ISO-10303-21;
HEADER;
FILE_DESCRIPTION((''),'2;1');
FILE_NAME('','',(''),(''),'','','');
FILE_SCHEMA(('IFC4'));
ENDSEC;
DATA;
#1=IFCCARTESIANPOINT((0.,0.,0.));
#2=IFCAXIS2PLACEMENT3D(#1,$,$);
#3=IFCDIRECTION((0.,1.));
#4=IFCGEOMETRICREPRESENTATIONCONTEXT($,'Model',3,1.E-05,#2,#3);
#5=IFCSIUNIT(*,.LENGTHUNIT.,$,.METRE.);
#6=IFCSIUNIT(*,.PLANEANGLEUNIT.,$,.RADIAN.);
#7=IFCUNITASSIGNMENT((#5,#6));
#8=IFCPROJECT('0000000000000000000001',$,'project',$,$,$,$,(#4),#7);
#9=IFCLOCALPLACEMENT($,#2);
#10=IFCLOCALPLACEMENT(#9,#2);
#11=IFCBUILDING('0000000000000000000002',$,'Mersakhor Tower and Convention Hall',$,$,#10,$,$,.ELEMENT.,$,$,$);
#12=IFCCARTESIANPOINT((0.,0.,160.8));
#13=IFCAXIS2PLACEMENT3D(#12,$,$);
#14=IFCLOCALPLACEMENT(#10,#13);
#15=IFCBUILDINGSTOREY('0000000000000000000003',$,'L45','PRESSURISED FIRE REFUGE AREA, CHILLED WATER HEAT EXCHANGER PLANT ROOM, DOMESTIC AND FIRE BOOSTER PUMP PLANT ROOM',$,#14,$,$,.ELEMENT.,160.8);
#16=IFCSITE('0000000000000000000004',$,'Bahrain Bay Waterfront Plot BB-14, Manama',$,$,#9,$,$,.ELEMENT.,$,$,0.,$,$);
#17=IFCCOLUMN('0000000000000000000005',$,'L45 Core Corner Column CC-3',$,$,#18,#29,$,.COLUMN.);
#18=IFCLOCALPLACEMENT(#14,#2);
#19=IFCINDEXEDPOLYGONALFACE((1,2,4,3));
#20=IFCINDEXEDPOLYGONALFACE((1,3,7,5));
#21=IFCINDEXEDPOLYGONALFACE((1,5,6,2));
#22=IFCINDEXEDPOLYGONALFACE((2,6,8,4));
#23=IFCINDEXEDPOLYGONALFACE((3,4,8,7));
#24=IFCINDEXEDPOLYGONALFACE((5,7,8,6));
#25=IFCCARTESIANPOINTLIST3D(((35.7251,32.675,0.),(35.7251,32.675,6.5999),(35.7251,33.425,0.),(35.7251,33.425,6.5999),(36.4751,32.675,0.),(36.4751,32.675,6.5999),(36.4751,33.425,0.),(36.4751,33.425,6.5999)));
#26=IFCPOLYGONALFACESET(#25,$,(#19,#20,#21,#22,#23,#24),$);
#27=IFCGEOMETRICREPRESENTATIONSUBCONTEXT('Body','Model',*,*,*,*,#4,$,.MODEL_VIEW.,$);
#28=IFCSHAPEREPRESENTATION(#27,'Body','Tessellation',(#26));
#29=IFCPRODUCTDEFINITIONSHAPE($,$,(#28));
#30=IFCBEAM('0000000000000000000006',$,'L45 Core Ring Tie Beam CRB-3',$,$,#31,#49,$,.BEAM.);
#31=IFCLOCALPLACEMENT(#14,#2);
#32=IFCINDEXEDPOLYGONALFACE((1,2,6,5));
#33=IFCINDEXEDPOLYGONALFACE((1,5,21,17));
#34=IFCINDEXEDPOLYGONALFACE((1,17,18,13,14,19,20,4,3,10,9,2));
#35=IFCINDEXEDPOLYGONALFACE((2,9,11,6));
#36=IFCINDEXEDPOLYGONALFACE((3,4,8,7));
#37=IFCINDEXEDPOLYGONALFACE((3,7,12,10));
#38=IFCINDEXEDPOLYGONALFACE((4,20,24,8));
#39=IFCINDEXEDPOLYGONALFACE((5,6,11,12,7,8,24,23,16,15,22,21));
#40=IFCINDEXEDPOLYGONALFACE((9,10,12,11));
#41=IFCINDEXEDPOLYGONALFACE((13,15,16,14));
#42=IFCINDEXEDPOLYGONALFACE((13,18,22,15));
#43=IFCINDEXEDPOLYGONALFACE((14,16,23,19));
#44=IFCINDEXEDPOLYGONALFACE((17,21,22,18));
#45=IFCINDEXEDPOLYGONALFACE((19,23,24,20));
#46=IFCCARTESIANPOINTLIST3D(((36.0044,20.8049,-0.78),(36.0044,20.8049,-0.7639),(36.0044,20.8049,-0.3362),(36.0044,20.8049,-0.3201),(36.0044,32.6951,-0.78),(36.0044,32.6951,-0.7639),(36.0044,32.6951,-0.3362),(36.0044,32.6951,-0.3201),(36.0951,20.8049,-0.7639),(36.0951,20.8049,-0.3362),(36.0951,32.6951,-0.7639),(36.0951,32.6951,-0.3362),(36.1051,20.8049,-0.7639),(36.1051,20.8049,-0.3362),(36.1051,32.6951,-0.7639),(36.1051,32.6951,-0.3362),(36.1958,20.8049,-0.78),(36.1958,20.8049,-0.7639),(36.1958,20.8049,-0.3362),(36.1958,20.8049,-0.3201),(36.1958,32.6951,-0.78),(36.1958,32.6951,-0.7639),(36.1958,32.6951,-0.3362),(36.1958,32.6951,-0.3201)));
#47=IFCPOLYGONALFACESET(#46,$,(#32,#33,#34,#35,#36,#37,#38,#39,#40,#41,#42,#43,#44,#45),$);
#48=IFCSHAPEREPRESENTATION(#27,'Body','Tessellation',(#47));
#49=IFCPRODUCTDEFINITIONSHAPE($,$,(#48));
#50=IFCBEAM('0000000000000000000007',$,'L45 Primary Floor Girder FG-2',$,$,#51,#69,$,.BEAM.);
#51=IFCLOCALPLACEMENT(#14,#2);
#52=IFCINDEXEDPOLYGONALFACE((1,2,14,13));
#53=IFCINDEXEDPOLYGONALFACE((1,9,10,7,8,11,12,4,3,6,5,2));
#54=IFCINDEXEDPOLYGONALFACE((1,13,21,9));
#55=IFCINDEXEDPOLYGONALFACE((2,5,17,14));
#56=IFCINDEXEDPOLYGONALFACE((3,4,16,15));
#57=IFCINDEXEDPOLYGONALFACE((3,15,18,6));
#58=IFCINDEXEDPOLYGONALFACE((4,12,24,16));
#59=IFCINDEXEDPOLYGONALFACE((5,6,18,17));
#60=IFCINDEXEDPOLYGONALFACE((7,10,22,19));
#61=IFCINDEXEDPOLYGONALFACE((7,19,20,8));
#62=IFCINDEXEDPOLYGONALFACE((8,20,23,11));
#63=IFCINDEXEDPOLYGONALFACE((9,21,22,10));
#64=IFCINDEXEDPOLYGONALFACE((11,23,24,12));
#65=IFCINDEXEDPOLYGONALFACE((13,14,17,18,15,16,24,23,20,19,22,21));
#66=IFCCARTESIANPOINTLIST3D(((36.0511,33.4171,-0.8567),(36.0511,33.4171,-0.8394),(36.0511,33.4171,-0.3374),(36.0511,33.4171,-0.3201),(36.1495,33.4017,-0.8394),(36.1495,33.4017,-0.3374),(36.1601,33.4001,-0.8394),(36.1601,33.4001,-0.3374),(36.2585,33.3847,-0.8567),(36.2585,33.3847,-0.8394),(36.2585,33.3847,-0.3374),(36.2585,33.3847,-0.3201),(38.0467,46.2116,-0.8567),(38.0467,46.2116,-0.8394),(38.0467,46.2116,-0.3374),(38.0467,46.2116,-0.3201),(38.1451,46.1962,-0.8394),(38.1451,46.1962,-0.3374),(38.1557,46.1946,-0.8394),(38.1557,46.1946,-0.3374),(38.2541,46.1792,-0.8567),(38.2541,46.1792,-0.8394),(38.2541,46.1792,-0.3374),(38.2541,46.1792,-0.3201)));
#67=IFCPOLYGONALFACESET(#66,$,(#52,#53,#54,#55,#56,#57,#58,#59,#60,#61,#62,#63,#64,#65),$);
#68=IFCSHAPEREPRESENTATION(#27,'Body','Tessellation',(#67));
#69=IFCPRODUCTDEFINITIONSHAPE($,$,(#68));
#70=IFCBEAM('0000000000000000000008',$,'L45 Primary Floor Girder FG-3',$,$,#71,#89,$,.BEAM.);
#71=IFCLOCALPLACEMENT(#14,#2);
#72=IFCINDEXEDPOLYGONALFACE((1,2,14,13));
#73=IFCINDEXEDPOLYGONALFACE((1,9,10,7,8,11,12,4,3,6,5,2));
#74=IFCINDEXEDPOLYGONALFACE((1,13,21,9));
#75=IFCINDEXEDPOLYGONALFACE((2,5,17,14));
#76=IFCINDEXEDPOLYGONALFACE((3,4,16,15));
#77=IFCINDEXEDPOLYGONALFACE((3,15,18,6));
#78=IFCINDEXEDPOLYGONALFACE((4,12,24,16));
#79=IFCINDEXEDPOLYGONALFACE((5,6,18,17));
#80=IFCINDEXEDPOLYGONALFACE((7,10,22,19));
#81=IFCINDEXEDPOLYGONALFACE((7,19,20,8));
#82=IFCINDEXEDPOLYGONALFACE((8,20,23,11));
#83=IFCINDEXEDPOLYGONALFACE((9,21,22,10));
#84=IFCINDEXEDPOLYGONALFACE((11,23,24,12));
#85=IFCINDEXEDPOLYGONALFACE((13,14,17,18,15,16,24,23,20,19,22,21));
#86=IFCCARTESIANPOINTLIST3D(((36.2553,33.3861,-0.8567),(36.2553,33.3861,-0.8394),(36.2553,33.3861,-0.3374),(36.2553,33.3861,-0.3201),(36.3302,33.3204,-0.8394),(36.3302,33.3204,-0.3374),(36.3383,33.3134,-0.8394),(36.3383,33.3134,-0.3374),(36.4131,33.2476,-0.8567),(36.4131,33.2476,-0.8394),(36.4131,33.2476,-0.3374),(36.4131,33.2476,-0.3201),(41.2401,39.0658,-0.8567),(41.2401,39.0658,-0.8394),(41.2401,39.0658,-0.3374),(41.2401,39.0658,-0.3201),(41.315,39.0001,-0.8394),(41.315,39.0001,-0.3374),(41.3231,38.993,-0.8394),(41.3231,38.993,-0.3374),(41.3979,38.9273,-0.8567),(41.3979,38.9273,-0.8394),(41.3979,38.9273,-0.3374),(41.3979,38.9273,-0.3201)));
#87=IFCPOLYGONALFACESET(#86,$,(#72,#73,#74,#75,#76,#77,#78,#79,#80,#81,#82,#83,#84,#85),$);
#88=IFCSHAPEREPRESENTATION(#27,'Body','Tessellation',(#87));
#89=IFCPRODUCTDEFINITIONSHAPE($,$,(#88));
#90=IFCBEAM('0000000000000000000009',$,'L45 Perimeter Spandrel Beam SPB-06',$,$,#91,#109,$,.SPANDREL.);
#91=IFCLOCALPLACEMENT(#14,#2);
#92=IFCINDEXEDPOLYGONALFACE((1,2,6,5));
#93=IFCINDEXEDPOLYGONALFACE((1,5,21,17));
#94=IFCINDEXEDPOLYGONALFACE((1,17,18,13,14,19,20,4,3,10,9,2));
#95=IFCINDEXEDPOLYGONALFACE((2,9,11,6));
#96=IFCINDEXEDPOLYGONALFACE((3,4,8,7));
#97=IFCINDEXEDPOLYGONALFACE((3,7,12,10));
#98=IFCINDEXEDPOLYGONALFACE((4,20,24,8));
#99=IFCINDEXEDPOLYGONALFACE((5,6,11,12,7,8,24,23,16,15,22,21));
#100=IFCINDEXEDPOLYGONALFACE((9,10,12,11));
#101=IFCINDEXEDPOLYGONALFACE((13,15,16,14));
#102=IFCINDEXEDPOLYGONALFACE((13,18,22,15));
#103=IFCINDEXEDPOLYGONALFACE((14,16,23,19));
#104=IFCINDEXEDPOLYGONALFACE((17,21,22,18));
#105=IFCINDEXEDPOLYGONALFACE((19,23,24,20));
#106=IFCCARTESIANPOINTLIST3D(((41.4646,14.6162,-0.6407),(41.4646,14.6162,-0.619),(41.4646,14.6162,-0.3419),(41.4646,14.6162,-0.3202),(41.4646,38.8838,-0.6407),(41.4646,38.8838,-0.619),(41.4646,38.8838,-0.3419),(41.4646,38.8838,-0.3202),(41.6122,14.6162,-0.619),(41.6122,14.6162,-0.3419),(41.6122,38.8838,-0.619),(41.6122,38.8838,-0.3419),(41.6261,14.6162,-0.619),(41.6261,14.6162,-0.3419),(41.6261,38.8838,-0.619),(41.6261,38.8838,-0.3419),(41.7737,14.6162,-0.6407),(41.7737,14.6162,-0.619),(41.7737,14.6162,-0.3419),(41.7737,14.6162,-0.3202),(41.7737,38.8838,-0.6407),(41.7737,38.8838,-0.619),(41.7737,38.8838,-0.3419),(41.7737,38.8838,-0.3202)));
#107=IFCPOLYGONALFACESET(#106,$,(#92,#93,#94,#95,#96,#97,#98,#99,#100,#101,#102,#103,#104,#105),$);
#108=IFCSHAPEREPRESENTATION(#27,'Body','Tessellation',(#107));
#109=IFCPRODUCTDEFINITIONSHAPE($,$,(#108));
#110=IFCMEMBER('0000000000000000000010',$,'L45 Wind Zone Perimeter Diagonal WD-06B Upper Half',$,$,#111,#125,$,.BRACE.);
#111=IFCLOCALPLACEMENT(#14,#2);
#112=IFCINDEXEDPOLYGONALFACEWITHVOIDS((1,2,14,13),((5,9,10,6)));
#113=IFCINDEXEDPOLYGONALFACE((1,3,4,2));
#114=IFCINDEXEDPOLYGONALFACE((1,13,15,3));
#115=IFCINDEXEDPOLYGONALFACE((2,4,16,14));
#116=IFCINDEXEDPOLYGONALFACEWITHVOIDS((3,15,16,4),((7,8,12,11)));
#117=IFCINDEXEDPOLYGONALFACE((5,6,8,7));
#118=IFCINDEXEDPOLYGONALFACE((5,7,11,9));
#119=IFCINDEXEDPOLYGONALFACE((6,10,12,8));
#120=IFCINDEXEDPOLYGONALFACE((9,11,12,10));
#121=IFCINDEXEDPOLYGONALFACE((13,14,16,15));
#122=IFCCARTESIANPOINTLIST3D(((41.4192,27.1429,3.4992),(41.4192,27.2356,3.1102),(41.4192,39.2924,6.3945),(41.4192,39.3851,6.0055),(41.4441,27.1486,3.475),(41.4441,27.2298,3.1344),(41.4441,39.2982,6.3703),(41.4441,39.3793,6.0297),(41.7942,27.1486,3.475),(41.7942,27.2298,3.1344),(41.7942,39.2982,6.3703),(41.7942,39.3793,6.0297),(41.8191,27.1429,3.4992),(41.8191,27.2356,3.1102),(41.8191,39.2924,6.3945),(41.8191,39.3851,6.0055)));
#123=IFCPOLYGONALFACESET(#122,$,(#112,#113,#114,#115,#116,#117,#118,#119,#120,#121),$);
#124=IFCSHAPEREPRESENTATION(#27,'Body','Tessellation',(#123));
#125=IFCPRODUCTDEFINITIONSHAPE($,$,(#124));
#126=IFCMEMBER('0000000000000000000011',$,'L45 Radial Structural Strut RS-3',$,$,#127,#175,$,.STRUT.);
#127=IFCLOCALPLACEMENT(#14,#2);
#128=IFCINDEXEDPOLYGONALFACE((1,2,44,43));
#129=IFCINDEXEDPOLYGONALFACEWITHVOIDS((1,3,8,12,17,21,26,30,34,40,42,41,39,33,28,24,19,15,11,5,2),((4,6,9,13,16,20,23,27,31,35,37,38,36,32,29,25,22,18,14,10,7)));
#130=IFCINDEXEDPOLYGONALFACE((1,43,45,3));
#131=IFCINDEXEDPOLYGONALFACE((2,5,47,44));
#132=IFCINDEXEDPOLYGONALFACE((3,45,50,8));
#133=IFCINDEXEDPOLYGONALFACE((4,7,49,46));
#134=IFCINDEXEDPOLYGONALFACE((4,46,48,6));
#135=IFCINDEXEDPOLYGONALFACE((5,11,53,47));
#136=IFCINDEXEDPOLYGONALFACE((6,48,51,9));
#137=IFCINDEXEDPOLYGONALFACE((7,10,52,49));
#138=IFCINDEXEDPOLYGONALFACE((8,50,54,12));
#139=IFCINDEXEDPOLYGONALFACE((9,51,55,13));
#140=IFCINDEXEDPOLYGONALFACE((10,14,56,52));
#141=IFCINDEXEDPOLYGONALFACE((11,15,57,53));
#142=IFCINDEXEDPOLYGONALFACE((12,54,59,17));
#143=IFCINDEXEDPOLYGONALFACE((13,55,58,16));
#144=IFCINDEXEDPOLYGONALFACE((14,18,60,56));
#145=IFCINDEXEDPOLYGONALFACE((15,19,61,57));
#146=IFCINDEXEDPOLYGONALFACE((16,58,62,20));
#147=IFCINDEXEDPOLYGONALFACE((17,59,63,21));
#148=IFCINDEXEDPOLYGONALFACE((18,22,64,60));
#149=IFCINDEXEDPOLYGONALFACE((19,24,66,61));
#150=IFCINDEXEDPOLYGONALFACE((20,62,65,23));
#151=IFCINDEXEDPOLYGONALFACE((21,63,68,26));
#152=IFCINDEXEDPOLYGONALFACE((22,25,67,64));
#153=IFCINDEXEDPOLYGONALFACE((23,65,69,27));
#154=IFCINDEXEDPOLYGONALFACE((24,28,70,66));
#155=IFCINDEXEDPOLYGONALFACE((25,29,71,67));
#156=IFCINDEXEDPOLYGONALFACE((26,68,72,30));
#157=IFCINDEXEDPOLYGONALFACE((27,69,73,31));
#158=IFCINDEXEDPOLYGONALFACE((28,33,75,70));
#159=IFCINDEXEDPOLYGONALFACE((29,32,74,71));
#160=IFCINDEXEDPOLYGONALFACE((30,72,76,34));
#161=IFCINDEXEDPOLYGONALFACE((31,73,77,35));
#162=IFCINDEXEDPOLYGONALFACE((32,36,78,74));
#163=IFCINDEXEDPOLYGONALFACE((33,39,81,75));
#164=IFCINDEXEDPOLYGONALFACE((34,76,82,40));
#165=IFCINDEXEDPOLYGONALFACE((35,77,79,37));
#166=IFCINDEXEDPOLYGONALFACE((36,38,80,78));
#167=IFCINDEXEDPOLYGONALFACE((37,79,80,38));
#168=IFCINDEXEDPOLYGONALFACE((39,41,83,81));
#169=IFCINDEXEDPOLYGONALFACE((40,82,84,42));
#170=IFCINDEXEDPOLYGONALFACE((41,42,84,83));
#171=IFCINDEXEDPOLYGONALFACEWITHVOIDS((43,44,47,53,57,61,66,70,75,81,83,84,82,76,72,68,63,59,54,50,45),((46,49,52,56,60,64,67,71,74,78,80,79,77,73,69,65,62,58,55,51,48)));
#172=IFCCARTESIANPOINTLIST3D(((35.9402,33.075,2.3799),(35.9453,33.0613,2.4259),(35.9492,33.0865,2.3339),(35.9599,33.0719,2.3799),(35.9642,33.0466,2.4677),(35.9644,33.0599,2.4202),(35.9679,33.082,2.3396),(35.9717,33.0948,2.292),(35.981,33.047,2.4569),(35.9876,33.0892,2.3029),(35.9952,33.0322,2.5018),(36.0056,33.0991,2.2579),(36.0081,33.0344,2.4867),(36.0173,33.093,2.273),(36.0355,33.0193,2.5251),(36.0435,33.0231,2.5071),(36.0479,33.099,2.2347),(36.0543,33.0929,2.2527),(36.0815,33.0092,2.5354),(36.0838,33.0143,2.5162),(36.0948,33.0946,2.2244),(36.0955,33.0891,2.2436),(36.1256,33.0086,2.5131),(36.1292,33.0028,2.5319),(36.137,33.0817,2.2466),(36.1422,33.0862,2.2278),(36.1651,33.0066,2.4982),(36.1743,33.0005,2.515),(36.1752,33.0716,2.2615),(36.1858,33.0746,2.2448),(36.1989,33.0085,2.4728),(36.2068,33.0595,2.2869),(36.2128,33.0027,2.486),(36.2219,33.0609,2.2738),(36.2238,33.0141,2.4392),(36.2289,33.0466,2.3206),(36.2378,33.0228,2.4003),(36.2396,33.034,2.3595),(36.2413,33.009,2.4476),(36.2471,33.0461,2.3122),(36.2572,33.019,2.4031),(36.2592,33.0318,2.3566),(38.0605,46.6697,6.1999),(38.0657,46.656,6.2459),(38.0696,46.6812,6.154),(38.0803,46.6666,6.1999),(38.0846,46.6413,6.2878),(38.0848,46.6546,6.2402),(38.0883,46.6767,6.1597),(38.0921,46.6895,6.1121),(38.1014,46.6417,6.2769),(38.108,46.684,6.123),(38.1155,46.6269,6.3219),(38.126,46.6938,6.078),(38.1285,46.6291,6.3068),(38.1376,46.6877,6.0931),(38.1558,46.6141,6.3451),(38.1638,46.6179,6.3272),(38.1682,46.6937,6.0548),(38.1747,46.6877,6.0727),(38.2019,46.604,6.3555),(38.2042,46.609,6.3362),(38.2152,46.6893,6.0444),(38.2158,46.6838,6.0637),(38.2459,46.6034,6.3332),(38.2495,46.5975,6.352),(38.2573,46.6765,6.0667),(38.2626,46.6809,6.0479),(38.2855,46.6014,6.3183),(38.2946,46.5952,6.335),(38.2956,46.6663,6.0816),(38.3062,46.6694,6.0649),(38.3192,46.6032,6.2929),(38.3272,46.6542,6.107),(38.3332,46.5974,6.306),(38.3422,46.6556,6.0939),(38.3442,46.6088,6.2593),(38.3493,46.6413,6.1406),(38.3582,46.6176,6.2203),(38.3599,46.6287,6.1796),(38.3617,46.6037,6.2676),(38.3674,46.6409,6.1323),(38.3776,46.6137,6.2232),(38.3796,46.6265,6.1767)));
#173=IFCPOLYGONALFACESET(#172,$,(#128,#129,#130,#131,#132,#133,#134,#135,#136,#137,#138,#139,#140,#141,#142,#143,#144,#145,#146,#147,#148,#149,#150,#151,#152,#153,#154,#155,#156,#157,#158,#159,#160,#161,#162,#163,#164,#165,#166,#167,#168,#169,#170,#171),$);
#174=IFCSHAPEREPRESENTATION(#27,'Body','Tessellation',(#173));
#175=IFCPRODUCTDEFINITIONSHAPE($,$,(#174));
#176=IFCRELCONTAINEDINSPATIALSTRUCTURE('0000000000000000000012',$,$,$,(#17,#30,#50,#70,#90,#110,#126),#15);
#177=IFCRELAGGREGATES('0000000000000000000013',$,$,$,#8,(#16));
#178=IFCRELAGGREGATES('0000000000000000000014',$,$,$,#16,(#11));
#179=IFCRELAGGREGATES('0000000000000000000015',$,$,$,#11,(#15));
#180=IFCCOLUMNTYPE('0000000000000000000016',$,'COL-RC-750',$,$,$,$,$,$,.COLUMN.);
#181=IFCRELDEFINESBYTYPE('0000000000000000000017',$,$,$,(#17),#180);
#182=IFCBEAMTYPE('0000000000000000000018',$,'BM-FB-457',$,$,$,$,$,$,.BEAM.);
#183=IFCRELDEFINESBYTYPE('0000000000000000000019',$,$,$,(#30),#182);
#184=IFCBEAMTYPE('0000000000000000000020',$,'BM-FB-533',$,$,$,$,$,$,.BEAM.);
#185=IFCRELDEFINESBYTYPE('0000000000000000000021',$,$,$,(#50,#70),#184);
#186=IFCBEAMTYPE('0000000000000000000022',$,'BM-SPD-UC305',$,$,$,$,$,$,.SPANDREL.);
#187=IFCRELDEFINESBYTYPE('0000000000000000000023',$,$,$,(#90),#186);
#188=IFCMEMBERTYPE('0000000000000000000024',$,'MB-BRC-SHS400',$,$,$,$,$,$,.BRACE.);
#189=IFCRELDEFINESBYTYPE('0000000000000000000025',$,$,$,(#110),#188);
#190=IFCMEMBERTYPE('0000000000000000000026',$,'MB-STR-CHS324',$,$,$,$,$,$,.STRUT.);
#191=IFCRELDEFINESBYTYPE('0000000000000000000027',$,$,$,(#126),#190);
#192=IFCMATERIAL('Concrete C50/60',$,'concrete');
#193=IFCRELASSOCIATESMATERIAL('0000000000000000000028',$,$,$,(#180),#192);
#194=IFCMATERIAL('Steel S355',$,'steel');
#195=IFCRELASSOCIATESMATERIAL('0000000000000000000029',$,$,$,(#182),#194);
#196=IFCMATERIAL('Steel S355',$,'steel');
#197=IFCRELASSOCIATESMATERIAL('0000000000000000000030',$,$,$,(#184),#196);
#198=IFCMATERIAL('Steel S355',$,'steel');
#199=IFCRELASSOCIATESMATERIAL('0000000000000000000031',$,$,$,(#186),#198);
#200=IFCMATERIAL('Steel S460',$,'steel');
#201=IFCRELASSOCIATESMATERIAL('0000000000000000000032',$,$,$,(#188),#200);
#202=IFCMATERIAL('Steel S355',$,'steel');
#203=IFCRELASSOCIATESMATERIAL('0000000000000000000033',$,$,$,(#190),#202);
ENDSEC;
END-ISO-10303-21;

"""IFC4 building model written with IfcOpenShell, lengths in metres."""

from ifc_helpers import new_model, si_unit, direction, frame, origin, origin_2d, place, context, subcontext, project, spatial, rectangle, hollow_rectangle, hollow_circle, i_section, extrude, material, material_profile, profile_set, type_object, element, save


model = new_model("IFC4")

# Units and contexts
model_context = context("Model", 3, precision=1e-05, world=origin(), true_north=direction((0.0, 1.0)))
body_context = subcontext(model_context, "Body", "Model", "MODEL_VIEW")
ifc_project = project(units=[si_unit("LENGTHUNIT", "METRE"), si_unit("PLANEANGLEUNIT", "RADIAN")], contexts=[model_context])

# Site, building, storey
site_placement = place(None, origin())
site = spatial("IfcSite", under=ifc_project, at=site_placement, Name="Bahrain Bay Waterfront Plot BB-14, Manama", CompositionType="ELEMENT", RefElevation=0.0)
building_placement = place(site_placement, origin())
building = spatial("IfcBuilding", under=site, at=building_placement, Name="Mersakhor Tower and Convention Hall", CompositionType="ELEMENT")
storey_placement = place(building_placement, frame((0.0, 0.0, 160.8)))
storey = spatial("IfcBuildingStorey", under=building, at=storey_placement, Name="L45", Description="PRESSURISED FIRE REFUGE AREA, CHILLED WATER HEAT EXCHANGER PLANT ROOM, DOMESTIC AND FIRE BOOSTER PUMP PLANT ROOM", CompositionType="ELEMENT", Elevation=160.8)

# Column
ifc_material_1 = material(Name="Concrete C50/60", Category="concrete")
ifc_material_profile_1 = material_profile(ifc_material_1, rectangle(XDim=0.75, YDim=0.75, at=origin_2d()), Name="RC 750x750")
ifc_profile_set_1 = profile_set([ifc_material_profile_1], Name="Concrete C50/60")
column_type = type_object("IfcColumnType", Name="COL-RC-750", PredefinedType="COLUMN", material=ifc_profile_set_1)
column_placement = place(storey_placement, frame((36.1001, 33.05, 0.0), z_axis=(0.0, 0.0, 1.0), x_axis=(1.0, 0.0, 0.0)))
element("IfcColumn", 1, at=column_placement, inside=storey, type_object=column_type, Name="L45 Core Corner Column CC-3", PredefinedType="COLUMN", context=body_context, shape_type="SweptSolid", body=[
    extrude(rectangle(XDim=0.75, YDim=0.75, at=origin_2d()), origin(), (0.0, 0.0, 1.0), 6.5999),
])

# Beams
ifc_material_2 = material(Name="Steel S355", Category="steel")
ifc_material_profile_2 = material_profile(ifc_material_2, i_section(OverallWidth=0.1914, OverallDepth=0.46, WebThickness=0.01, FlangeThickness=0.0161, at=origin_2d()), Name="UB 457x191x82")
ifc_profile_set_2 = profile_set([ifc_material_profile_2], Name="Steel S355")
beam_type_1 = type_object("IfcBeamType", Name="BM-FB-457", PredefinedType="BEAM", material=ifc_profile_set_2)
beam_1_placement = place(storey_placement, frame((36.1001, 32.6951, -0.55), z_axis=(0.0, -1.0, 0.0), x_axis=(1.0, 0.0, 0.0)))
element("IfcBeam", 2, at=beam_1_placement, inside=storey, type_object=beam_type_1, Name="L45 Core Ring Tie Beam CRB-3", PredefinedType="BEAM", context=body_context, shape_type="SweptSolid", body=[
    extrude(i_section(OverallWidth=0.1914, OverallDepth=0.46, WebThickness=0.01, FlangeThickness=0.0161, at=origin_2d()), origin(), (0.0, 0.0, 1.0), 11.8901),
])
ifc_material_3 = material(Name="Steel S355", Category="steel")
ifc_material_profile_3 = material_profile(ifc_material_3, i_section(OverallWidth=0.21, OverallDepth=0.5366, WebThickness=0.0107, FlangeThickness=0.0173, at=origin_2d()), Name="UB 533x210x101")
ifc_profile_set_3 = profile_set([ifc_material_profile_3], Name="Steel S355")
beam_type_2 = type_object("IfcBeamType", Name="BM-FB-533", PredefinedType="BEAM", material=ifc_profile_set_3)
beam_2_placement = place(storey_placement, frame((36.1548, 33.4009, -0.5884), z_axis=(0.154111, 0.988054, 0.0), x_axis=(-0.988054, 0.154111, 0.0)))
element("IfcBeam", 3, at=beam_2_placement, inside=storey, type_object=beam_type_2, Name="L45 Primary Floor Girder FG-2", PredefinedType="BEAM", context=body_context, shape_type="SweptSolid", body=[
    extrude(i_section(OverallWidth=0.21, OverallDepth=0.5366, WebThickness=0.0107, FlangeThickness=0.0173, at=origin_2d()), origin(), (0.0, 0.0, 1.0), 12.9492),
])
beam_3_placement = place(storey_placement, frame((36.3342, 33.3169, -0.5884), z_axis=(0.659638, 0.751583, 0.0), x_axis=(-0.751583, 0.659638, 0.0)))
element("IfcBeam", 4, at=beam_3_placement, inside=storey, type_object=beam_type_2, Name="L45 Primary Floor Girder FG-3", PredefinedType="BEAM", context=body_context, shape_type="SweptSolid", body=[
    extrude(i_section(OverallWidth=0.21, OverallDepth=0.5366, WebThickness=0.0107, FlangeThickness=0.0173, at=origin_2d()), origin(), (0.0, 0.0, 1.0), 7.5569),
])
ifc_material_4 = material(Name="Steel S355", Category="steel")
ifc_material_profile_4 = material_profile(ifc_material_4, i_section(OverallWidth=0.3091, OverallDepth=0.3206, WebThickness=0.0139, FlangeThickness=0.0217, at=origin_2d()), Name="UC 305x305x137")
ifc_profile_set_4 = profile_set([ifc_material_profile_4], Name="Steel S355")
beam_type_3 = type_object("IfcBeamType", Name="BM-SPD-UC305", PredefinedType="SPANDREL", material=ifc_profile_set_4)
beam_4_placement = place(storey_placement, frame((41.6191, 38.8838, -0.4805), z_axis=(0.0, -1.0, 0.0), x_axis=(1.0, 0.0, 0.0)))
element("IfcBeam", 5, at=beam_4_placement, inside=storey, type_object=beam_type_3, Name="L45 Perimeter Spandrel Beam SPB-06", PredefinedType="SPANDREL", context=body_context, shape_type="SweptSolid", body=[
    extrude(i_section(OverallWidth=0.3091, OverallDepth=0.3206, WebThickness=0.0139, FlangeThickness=0.0217, at=origin_2d()), origin(), (0.0, 0.0, 1.0), 24.2676),
])

# Members
ifc_material_5 = material(Name="Steel S460", Category="steel")
ifc_material_profile_5 = material_profile(ifc_material_5, hollow_rectangle(XDim=0.3999, YDim=0.3999, WallThickness=0.0249, at=origin_2d()), Name="SHS 400x400x25")
ifc_profile_set_5 = profile_set([ifc_material_profile_5], Name="Steel S460")
member_type_1 = type_object("IfcMemberType", Name="MB-BRC-SHS400", PredefinedType="BRACE", material=ifc_profile_set_5)
member_1_placement = place(storey_placement, frame((41.6191, 27.1892, 3.3047), z_axis=(0.0, 0.97276, 0.231813), x_axis=(-1.0, 0.0, 0.0)))
element("IfcMember", 6, at=member_1_placement, inside=storey, type_object=member_type_1, Name="L45 Wind Zone Perimeter Diagonal WD-06B Upper Half", PredefinedType="BRACE", context=body_context, shape_type="SweptSolid", body=[
    extrude(hollow_rectangle(XDim=0.3999, YDim=0.3999, WallThickness=0.0249, at=origin_2d()), origin(), (0.0, 0.0, 1.0), 12.4897),
])
ifc_material_6 = material(Name="Steel S355", Category="steel")
ifc_material_profile_6 = material_profile(ifc_material_6, hollow_circle(Radius=0.1619, WallThickness=0.02, at=origin_2d()), Name="CHS 323.9x20")
ifc_profile_set_6 = profile_set([ifc_material_profile_6], Name="Steel S355")
member_type_2 = type_object("IfcMemberType", Name="MB-STR-CHS324", PredefinedType="STRUT", material=ifc_profile_set_6)
member_2_placement = place(storey_placement, frame((36.1001, 33.05, 2.3799), z_axis=(0.148489, 0.952042, 0.26752), x_axis=(-0.988054, 0.154106, 0.0)))
element("IfcMember", 7, at=member_2_placement, inside=storey, type_object=member_type_2, Name="L45 Radial Structural Strut RS-3", PredefinedType="STRUT", context=body_context, shape_type="SweptSolid", body=[
    extrude(hollow_circle(Radius=0.1619, WallThickness=0.02, at=origin_2d()), origin(), (0.0, 0.0, 1.0), 14.2795),
])

save(model, "model.ifc")
